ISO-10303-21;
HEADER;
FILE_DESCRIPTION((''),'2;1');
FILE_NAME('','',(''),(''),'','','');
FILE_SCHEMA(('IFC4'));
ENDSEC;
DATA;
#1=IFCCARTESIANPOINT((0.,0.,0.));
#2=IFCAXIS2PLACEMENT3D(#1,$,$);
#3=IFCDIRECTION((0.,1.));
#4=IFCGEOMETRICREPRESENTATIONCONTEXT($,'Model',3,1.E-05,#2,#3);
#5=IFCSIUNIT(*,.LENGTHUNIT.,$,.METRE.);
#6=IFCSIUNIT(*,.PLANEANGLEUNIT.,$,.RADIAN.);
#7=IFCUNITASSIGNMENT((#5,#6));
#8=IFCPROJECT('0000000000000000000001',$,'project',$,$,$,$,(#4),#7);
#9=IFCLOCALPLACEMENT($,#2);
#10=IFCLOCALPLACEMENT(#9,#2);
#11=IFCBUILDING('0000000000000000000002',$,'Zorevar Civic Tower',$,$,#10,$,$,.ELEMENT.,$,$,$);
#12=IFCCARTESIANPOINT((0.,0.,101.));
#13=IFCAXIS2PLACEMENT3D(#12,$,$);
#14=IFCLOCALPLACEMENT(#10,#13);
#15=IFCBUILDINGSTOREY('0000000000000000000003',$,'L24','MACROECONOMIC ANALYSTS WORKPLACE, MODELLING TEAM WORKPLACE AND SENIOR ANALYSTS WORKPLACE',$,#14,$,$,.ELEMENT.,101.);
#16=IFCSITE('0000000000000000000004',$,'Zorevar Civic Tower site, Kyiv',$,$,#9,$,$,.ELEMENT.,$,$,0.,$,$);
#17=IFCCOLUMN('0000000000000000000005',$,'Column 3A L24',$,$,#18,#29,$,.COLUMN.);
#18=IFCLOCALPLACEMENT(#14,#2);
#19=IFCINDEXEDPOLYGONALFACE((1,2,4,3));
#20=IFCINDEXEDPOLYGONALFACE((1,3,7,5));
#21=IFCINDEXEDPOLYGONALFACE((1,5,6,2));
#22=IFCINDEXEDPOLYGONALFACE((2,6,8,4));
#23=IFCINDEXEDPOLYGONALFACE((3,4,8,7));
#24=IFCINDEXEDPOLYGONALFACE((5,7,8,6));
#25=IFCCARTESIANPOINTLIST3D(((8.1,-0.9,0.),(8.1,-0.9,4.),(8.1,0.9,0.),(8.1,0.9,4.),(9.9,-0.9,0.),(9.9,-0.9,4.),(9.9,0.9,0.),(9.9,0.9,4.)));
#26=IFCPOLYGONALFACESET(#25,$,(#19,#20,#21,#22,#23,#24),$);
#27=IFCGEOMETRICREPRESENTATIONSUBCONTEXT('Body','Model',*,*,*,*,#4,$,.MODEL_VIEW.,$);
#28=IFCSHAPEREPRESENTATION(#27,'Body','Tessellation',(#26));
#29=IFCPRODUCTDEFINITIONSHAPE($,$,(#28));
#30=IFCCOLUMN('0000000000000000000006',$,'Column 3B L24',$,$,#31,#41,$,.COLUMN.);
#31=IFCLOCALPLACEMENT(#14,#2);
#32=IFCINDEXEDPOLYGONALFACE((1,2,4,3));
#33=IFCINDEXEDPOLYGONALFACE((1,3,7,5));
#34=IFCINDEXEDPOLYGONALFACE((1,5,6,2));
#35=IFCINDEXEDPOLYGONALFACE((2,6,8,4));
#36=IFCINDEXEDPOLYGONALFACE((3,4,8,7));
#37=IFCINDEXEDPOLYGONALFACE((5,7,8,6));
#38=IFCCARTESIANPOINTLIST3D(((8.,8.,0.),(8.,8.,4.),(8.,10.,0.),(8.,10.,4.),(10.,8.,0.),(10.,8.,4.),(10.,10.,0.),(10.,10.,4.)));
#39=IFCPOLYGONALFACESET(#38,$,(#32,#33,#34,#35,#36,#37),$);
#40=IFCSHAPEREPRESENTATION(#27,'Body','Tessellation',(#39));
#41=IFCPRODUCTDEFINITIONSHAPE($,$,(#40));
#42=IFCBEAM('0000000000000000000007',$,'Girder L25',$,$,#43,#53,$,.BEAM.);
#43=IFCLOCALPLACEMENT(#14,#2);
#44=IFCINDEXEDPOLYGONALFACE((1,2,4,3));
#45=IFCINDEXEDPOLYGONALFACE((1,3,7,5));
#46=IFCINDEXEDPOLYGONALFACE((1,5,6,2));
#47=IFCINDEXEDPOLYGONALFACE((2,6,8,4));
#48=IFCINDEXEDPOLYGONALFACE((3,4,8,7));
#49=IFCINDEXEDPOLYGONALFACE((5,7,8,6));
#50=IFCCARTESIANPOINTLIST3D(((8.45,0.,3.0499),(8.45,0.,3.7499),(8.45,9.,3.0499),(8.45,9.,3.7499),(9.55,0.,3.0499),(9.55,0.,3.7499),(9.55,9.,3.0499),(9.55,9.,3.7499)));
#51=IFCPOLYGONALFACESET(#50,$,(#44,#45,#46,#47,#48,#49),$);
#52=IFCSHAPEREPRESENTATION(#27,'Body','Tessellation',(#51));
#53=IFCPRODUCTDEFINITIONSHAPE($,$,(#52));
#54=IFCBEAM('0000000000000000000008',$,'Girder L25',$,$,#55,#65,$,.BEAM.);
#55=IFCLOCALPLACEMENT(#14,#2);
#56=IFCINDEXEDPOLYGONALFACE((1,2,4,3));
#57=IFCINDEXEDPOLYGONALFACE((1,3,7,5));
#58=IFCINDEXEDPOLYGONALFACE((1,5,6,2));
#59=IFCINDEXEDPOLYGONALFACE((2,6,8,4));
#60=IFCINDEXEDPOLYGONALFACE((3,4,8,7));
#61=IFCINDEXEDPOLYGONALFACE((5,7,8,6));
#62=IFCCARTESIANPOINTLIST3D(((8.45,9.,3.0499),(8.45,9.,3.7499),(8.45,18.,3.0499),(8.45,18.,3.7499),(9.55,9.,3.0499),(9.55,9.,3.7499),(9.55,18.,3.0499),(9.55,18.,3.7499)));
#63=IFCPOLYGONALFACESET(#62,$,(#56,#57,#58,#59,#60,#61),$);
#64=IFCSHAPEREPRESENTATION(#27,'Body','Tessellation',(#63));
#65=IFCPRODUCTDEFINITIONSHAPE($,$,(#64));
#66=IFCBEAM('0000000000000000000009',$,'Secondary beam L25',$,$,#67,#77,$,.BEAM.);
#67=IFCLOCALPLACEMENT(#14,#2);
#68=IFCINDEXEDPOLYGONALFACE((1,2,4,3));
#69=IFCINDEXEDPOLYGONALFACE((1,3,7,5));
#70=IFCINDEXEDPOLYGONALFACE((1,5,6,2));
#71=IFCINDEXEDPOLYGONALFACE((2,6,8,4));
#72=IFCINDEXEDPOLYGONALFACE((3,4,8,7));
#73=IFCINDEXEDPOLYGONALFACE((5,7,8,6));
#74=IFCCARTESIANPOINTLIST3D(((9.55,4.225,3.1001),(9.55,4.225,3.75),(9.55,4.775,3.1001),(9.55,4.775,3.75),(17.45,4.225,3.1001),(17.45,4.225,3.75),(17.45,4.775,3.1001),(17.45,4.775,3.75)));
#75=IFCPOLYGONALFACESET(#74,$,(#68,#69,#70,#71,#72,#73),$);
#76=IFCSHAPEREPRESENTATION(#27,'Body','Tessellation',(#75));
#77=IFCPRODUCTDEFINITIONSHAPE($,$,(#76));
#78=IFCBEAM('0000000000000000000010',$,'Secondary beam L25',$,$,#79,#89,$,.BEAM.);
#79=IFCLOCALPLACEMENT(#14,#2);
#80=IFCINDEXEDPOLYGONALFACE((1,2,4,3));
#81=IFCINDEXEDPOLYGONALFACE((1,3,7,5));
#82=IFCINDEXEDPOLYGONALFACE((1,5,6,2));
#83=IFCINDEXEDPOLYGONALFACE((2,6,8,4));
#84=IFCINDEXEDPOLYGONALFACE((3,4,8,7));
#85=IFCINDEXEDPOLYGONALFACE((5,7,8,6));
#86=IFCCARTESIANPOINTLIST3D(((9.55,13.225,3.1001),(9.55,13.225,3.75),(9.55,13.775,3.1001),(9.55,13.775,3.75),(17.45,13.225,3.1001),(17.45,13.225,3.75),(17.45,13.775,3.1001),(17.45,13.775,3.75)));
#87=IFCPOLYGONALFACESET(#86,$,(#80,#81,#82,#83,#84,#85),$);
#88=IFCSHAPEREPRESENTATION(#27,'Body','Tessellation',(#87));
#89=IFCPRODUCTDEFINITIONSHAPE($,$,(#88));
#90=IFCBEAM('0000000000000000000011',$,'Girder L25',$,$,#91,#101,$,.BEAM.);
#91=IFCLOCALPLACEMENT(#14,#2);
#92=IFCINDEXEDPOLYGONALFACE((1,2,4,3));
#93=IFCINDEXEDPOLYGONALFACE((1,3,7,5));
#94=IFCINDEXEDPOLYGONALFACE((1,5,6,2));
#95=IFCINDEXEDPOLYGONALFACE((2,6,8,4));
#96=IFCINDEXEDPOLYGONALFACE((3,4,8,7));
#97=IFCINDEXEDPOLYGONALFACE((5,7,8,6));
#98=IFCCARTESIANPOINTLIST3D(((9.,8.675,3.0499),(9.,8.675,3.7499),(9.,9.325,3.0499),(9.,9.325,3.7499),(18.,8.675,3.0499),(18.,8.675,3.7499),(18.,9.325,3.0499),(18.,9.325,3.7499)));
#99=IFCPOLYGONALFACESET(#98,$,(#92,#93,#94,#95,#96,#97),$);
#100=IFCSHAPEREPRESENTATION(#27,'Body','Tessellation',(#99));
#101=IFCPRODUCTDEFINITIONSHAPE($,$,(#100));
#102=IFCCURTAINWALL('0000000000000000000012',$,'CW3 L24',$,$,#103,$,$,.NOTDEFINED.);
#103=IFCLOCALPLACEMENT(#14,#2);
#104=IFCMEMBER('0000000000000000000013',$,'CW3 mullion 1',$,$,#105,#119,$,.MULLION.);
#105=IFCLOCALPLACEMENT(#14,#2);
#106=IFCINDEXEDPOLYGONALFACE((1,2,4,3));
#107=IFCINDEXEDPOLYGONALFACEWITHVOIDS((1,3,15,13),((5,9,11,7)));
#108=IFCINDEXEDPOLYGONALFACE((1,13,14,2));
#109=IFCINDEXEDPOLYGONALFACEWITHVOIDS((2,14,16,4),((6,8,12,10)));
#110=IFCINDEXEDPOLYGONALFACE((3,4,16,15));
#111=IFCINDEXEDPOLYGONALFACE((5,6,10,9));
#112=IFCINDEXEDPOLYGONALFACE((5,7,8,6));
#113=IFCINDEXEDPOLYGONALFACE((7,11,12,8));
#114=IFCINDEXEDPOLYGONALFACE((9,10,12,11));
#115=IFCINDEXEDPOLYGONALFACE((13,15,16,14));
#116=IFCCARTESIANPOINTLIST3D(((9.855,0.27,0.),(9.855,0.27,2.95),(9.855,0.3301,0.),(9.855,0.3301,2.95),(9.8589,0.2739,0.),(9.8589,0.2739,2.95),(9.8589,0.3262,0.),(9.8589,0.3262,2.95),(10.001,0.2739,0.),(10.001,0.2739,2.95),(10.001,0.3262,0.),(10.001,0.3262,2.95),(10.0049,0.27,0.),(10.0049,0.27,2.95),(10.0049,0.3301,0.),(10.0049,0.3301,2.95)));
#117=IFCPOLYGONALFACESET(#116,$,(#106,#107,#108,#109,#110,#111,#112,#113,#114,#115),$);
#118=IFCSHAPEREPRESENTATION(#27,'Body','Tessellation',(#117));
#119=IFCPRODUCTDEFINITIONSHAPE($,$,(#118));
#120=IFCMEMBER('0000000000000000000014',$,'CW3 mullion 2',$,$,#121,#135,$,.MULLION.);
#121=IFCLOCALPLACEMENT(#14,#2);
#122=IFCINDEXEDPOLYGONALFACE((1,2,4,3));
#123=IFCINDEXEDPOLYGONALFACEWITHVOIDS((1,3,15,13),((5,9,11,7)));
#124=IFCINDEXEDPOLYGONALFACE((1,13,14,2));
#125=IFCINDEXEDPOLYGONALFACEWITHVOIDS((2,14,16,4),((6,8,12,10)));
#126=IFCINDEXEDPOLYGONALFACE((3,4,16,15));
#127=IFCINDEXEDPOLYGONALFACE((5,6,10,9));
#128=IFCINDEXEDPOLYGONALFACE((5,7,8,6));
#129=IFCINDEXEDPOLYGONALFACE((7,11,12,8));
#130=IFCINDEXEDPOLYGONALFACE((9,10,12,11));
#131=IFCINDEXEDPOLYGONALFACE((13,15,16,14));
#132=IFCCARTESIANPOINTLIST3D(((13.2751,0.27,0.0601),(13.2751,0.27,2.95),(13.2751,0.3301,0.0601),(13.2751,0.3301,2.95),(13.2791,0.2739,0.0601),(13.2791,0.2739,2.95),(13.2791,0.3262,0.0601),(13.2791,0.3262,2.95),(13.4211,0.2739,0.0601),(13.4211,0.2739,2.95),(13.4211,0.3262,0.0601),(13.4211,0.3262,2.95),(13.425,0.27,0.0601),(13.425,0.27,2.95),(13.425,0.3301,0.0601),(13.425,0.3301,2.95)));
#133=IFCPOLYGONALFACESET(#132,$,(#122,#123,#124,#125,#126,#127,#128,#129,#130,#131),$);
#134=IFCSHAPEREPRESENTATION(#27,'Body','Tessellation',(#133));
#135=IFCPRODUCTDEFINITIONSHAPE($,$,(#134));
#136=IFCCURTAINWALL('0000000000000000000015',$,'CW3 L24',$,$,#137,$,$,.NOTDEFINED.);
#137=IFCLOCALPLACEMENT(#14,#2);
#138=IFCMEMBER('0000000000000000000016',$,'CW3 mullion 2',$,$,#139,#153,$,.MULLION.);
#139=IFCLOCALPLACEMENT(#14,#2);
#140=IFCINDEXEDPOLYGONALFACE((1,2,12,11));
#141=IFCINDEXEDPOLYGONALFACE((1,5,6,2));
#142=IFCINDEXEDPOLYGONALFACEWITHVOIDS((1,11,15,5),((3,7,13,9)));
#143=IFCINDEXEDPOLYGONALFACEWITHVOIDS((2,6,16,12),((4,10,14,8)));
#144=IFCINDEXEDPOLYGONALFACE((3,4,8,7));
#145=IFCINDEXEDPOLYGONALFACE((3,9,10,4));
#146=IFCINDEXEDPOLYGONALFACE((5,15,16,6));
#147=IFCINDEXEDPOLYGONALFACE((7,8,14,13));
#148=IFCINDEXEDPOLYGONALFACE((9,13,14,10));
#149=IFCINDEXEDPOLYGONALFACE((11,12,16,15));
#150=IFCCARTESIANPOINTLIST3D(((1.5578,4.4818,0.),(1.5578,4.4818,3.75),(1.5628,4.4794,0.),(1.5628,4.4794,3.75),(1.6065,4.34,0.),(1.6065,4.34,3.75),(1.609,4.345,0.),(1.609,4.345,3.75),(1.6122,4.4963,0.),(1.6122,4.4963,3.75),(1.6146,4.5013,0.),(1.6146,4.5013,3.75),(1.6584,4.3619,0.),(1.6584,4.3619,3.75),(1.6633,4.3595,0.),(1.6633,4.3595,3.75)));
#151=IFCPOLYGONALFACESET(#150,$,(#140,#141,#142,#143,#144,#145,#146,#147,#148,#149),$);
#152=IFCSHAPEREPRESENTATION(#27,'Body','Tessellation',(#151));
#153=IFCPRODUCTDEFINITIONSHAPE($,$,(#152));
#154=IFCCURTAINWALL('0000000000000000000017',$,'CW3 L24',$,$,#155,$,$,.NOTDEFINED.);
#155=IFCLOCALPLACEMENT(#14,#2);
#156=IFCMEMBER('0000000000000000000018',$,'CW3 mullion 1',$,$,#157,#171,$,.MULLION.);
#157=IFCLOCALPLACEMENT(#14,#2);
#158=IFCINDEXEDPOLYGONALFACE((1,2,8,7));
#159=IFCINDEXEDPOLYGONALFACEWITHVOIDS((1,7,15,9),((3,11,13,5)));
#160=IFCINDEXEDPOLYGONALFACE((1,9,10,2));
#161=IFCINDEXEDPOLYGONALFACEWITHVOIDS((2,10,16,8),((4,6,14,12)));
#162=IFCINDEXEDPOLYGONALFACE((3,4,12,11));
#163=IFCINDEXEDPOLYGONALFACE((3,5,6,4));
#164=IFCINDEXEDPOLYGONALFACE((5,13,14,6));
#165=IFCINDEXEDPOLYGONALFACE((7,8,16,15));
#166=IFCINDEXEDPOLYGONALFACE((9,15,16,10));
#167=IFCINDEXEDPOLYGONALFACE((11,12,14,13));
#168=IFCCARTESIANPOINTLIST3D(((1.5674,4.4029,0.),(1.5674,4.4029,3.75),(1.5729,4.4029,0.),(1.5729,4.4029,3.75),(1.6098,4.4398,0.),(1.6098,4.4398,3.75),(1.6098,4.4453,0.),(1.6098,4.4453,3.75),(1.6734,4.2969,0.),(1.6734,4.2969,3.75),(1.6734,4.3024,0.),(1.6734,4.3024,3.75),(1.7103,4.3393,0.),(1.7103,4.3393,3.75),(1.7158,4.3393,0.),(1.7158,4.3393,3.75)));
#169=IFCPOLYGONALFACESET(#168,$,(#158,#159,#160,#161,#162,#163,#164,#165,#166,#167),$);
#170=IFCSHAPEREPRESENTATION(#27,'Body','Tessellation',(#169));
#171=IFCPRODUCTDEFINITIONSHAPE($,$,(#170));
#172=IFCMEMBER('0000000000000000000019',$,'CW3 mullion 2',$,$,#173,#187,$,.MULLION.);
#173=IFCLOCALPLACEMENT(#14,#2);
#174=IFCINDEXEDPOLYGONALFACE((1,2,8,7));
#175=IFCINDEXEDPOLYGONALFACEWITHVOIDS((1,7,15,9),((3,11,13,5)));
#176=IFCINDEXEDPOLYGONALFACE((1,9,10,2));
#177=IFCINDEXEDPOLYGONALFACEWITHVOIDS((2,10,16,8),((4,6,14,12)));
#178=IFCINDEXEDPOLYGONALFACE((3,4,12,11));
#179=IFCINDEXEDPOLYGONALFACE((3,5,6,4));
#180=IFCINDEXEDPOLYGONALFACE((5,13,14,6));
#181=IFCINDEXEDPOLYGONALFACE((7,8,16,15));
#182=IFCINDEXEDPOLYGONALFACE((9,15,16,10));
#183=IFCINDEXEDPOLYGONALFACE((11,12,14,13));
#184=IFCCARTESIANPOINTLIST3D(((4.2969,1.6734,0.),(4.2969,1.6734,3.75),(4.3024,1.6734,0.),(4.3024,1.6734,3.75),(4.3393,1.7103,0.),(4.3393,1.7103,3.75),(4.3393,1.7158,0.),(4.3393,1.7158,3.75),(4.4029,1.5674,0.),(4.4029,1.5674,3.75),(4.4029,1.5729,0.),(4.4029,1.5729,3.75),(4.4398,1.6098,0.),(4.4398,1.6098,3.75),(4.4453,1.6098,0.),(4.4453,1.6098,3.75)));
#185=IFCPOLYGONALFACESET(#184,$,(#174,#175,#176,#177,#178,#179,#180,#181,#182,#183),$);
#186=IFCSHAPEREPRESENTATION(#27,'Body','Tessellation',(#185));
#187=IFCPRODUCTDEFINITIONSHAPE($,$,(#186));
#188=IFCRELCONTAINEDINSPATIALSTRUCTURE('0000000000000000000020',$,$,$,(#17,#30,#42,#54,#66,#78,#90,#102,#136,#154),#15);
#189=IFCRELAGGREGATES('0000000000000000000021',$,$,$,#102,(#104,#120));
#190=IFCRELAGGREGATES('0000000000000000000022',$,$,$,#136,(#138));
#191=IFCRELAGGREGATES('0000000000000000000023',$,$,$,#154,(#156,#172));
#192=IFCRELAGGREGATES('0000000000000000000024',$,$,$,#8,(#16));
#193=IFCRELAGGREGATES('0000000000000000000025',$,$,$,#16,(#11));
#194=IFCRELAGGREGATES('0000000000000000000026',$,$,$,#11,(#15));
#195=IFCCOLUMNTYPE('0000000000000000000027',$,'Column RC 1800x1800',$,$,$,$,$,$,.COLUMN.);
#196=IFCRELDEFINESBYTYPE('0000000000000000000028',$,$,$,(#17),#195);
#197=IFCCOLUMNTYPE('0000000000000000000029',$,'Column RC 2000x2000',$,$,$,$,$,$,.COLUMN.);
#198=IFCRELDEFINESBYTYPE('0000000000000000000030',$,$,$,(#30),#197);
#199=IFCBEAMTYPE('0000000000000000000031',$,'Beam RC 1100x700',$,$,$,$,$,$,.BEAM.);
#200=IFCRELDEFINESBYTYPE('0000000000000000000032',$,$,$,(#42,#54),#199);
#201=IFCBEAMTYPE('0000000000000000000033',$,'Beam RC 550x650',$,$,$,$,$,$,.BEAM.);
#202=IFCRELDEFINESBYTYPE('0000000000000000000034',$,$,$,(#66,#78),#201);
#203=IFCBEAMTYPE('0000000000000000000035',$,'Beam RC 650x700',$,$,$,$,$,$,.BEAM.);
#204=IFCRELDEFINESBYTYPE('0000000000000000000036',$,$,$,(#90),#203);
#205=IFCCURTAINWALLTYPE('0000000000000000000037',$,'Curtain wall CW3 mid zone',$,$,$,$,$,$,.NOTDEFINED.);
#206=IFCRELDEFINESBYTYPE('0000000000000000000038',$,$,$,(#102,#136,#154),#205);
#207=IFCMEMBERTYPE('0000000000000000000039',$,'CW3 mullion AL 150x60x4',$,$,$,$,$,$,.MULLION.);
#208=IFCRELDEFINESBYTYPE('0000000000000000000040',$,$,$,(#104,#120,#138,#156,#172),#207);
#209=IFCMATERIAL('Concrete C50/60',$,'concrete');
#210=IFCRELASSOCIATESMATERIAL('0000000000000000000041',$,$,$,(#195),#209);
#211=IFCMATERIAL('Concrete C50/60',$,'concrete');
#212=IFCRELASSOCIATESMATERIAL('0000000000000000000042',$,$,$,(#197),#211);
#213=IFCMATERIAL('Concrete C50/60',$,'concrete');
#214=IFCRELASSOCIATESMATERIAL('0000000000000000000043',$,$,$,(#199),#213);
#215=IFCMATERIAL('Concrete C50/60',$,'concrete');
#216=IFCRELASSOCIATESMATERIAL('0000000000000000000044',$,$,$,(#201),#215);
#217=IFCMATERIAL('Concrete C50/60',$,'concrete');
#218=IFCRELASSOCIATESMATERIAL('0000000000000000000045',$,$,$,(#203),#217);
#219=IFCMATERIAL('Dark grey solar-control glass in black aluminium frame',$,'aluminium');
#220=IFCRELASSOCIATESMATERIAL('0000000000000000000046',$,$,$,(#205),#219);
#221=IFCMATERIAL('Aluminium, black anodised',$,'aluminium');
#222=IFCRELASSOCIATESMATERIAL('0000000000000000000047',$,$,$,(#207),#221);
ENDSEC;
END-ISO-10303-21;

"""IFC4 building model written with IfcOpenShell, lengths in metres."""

from ifc_helpers import new_model, si_unit, direction, frame, origin, origin_2d, place, context, subcontext, project, spatial, rectangle, hollow_rectangle, extrude, material, material_profile, profile_set, type_object, element, aggregate, save


model = new_model("IFC4")

# Units and contexts
model_context = context("Model", 3, precision=1e-05, world=origin(), true_north=direction((0.0, 1.0)))
body_context = subcontext(model_context, "Body", "Model", "MODEL_VIEW")
ifc_project = project(units=[si_unit("LENGTHUNIT", "METRE"), si_unit("PLANEANGLEUNIT", "RADIAN")], contexts=[model_context])

# Site, building, storey
site_placement = place(None, origin())
site = spatial("IfcSite", under=ifc_project, at=site_placement, Name="Zorevar Civic Tower site, Kyiv", CompositionType="ELEMENT", RefElevation=0.0)
building_placement = place(site_placement, origin())
building = spatial("IfcBuilding", under=site, at=building_placement, Name="Zorevar Civic Tower", CompositionType="ELEMENT")
storey_placement = place(building_placement, frame((0.0, 0.0, 101.0)))
storey = spatial("IfcBuildingStorey", under=building, at=storey_placement, Name="L24", Description="MACROECONOMIC ANALYSTS WORKPLACE, MODELLING TEAM WORKPLACE AND SENIOR ANALYSTS WORKPLACE", CompositionType="ELEMENT", Elevation=101.0)

# Columns
ifc_material_1 = material(Name="Concrete C50/60", Category="concrete")
ifc_material_profile_1 = material_profile(ifc_material_1, rectangle(XDim=1.8, YDim=1.8, at=origin_2d()), Name="RC 1800x1800")
ifc_profile_set_1 = profile_set([ifc_material_profile_1], Name="Concrete C50/60")
column_type_1 = type_object("IfcColumnType", Name="Column RC 1800x1800", PredefinedType="COLUMN", material=ifc_profile_set_1)
column_1_placement = place(storey_placement, frame((9.0, 0.0, 0.0), z_axis=(0.0, 0.0, 1.0), x_axis=(1.0, 0.0, 0.0)))
element("IfcColumn", 1, at=column_1_placement, inside=storey, type_object=column_type_1, Name="Column 3A L24", PredefinedType="COLUMN", context=body_context, shape_type="SweptSolid", body=[
    extrude(rectangle(XDim=1.8, YDim=1.8, at=origin_2d()), origin(), (0.0, 0.0, 1.0), 4.0),
])
ifc_material_2 = material(Name="Concrete C50/60", Category="concrete")
ifc_material_profile_2 = material_profile(ifc_material_2, rectangle(XDim=2.0, YDim=2.0, at=origin_2d()), Name="RC 2000x2000")
ifc_profile_set_2 = profile_set([ifc_material_profile_2], Name="Concrete C50/60")
column_type_2 = type_object("IfcColumnType", Name="Column RC 2000x2000", PredefinedType="COLUMN", material=ifc_profile_set_2)
column_2_placement = place(storey_placement, frame((9.0, 9.0, 0.0), z_axis=(0.0, 0.0, 1.0), x_axis=(1.0, 0.0, 0.0)))
element("IfcColumn", 2, at=column_2_placement, inside=storey, type_object=column_type_2, Name="Column 3B L24", PredefinedType="COLUMN", context=body_context, shape_type="SweptSolid", body=[
    extrude(rectangle(XDim=2.0, YDim=2.0, at=origin_2d()), origin(), (0.0, 0.0, 1.0), 4.0),
])

# Beams
ifc_material_3 = material(Name="Concrete C50/60", Category="concrete")
ifc_material_profile_3 = material_profile(ifc_material_3, rectangle(XDim=1.1001, YDim=0.7, at=origin_2d()), Name="RC 1100x700")
ifc_profile_set_3 = profile_set([ifc_material_profile_3], Name="Concrete C50/60")
beam_type_1 = type_object("IfcBeamType", Name="Beam RC 1100x700", PredefinedType="BEAM", material=ifc_profile_set_3)
for number, where, z_axis, x_axis, name in (
    (3, (9.0, 0.0, 3.3999), (0.0, 1.0, 0.0), (-1.0, 0.0, 0.0), "Girder L25"),
    (4, (9.0, 9.0, 3.3999), (0.0, 1.0, 0.0), (-1.0, 0.0, 0.0), "Girder L25"),
):
    element("IfcBeam", number, at=place(storey_placement, frame(where, z_axis=z_axis, x_axis=x_axis)), inside=storey, type_object=beam_type_1, Name=name, PredefinedType="BEAM", context=body_context, shape_type="SweptSolid", body=[
        extrude(rectangle(XDim=1.1001, YDim=0.7, at=origin_2d()), origin(), (0.0, 0.0, 1.0), 9.0),
    ])
ifc_material_4 = material(Name="Concrete C50/60", Category="concrete")
ifc_material_profile_4 = material_profile(ifc_material_4, rectangle(XDim=0.55, YDim=0.6499, at=origin_2d()), Name="RC 550x650")
ifc_profile_set_4 = profile_set([ifc_material_profile_4], Name="Concrete C50/60")
beam_type_2 = type_object("IfcBeamType", Name="Beam RC 550x650", PredefinedType="BEAM", material=ifc_profile_set_4)
for number, where, z_axis, x_axis, name in (
    (5, (9.55, 4.5, 3.425), (1.0, 0.0, 0.0), (0.0, 1.0, 0.0), "Secondary beam L25"),
    (6, (9.55, 13.5, 3.425), (1.0, 0.0, 0.0), (0.0, 1.0, 0.0), "Secondary beam L25"),
):
    element("IfcBeam", number, at=place(storey_placement, frame(where, z_axis=z_axis, x_axis=x_axis)), inside=storey, type_object=beam_type_2, Name=name, PredefinedType="BEAM", context=body_context, shape_type="SweptSolid", body=[
        extrude(rectangle(XDim=0.55, YDim=0.6499, at=origin_2d()), origin(), (0.0, 0.0, 1.0), 7.8999),
    ])
ifc_material_5 = material(Name="Concrete C50/60", Category="concrete")
ifc_material_profile_5 = material_profile(ifc_material_5, rectangle(XDim=0.6499, YDim=0.7, at=origin_2d()), Name="RC 650x700")
ifc_profile_set_5 = profile_set([ifc_material_profile_5], Name="Concrete C50/60")
beam_type_3 = type_object("IfcBeamType", Name="Beam RC 650x700", PredefinedType="BEAM", material=ifc_profile_set_5)
beam_1_placement = place(storey_placement, frame((9.0, 9.0, 3.3999), z_axis=(1.0, 0.0, 0.0), x_axis=(0.0, 1.0, 0.0)))
element("IfcBeam", 7, at=beam_1_placement, inside=storey, type_object=beam_type_3, Name="Girder L25", PredefinedType="BEAM", context=body_context, shape_type="SweptSolid", body=[
    extrude(rectangle(XDim=0.6499, YDim=0.7, at=origin_2d()), origin(), (0.0, 0.0, 1.0), 9.0),
])

# Curtain wall, members
ifc_material_6 = material(Name="Dark grey solar-control glass in black aluminium frame", Category="aluminium")
curtain_wall_type = type_object("IfcCurtainWallType", Name="Curtain wall CW3 mid zone", PredefinedType="NOTDEFINED", material=ifc_material_6)
curtain_wall_1_placement = place(storey_placement, origin())
curtain_wall_1 = element("IfcCurtainWall", 8, at=curtain_wall_1_placement, inside=storey, type_object=curtain_wall_type, Name="CW3 L24", PredefinedType="NOTDEFINED")
ifc_material_7 = material(Name="Aluminium, black anodised", Category="aluminium")
ifc_material_profile_6 = material_profile(ifc_material_7, hollow_rectangle(XDim=0.0601, YDim=0.1499, WallThickness=0.0039, at=origin_2d()), Name="AL 150x60x4")
ifc_profile_set_6 = profile_set([ifc_material_profile_6], Name="Aluminium, black anodised")
member_type_1 = type_object("IfcMemberType", Name="CW3 mullion AL 150x60x4", PredefinedType="MULLION", material=ifc_profile_set_6)
member_1_placement = place(storey_placement, frame((9.9299, 0.3, 0.0), z_axis=(0.0, 0.0, 1.0), x_axis=(0.0, 1.0, 0.0)))
member_1 = element("IfcMember", 9, at=member_1_placement, type_object=member_type_1, Name="CW3 mullion 1", PredefinedType="MULLION", context=body_context, shape_type="SweptSolid", body=[
    extrude(hollow_rectangle(XDim=0.0601, YDim=0.1499, WallThickness=0.0039, at=origin_2d()), origin(), (0.0, 0.0, 1.0), 2.95),
])
member_2_placement = place(storey_placement, frame((13.3501, 0.3, 0.0601), z_axis=(0.0, 0.0, 1.0), x_axis=(0.0, 1.0, 0.0)))
member_2 = element("IfcMember", 10, at=member_2_placement, type_object=member_type_1, Name="CW3 mullion 2", PredefinedType="MULLION", context=body_context, shape_type="SweptSolid", body=[
    extrude(hollow_rectangle(XDim=0.0601, YDim=0.1499, WallThickness=0.0039, at=origin_2d()), origin(), (0.0, 0.0, 1.0), 2.8899),
])

# Curtain wall, member
curtain_wall_2_placement = place(storey_placement, origin())
curtain_wall_2 = element("IfcCurtainWall", 11, at=curtain_wall_2_placement, inside=storey, type_object=curtain_wall_type, Name="CW3 L24", PredefinedType="NOTDEFINED")
member_3_placement = place(storey_placement, frame((1.6106, 4.4207, 0.0), z_axis=(0.0, 0.0, 1.0), x_axis=(0.945756, 0.324878, 0.0)))
member_3 = element("IfcMember", 12, at=member_3_placement, type_object=member_type_1, Name="CW3 mullion 2", PredefinedType="MULLION", context=body_context, shape_type="SweptSolid", body=[
    extrude(hollow_rectangle(XDim=0.0601, YDim=0.1499, WallThickness=0.0039, at=origin_2d()), origin(), (0.0, 0.0, 1.0), 3.75),
])

# Curtain wall, members
curtain_wall_3_placement = place(storey_placement, origin())
curtain_wall_3 = element("IfcCurtainWall", 13, at=curtain_wall_3_placement, inside=storey, type_object=curtain_wall_type, Name="CW3 L24", PredefinedType="NOTDEFINED")
member_4_placement = place(storey_placement, frame((1.6416, 4.3711, 0.0), z_axis=(0.0, 0.0, 1.0), x_axis=(0.707107, 0.707107, 0.0)))
member_4 = element("IfcMember", 14, at=member_4_placement, type_object=member_type_1, Name="CW3 mullion 1", PredefinedType="MULLION", context=body_context, shape_type="SweptSolid", body=[
    extrude(hollow_rectangle(XDim=0.0601, YDim=0.1499, WallThickness=0.0039, at=origin_2d()), origin(), (0.0, 0.0, 1.0), 3.75),
])
member_5_placement = place(storey_placement, frame((4.3711, 1.6416, 0.0), z_axis=(0.0, 0.0, 1.0), x_axis=(0.707107, 0.707107, 0.0)))
member_5 = element("IfcMember", 15, at=member_5_placement, type_object=member_type_1, Name="CW3 mullion 2", PredefinedType="MULLION", context=body_context, shape_type="SweptSolid", body=[
    extrude(hollow_rectangle(XDim=0.0601, YDim=0.1499, WallThickness=0.0039, at=origin_2d()), origin(), (0.0, 0.0, 1.0), 3.75),
])

aggregate(curtain_wall_1, [member_1, member_2])
aggregate(curtain_wall_2, [member_3])
aggregate(curtain_wall_3, [member_4, member_5])

save(model, "model.ifc")
